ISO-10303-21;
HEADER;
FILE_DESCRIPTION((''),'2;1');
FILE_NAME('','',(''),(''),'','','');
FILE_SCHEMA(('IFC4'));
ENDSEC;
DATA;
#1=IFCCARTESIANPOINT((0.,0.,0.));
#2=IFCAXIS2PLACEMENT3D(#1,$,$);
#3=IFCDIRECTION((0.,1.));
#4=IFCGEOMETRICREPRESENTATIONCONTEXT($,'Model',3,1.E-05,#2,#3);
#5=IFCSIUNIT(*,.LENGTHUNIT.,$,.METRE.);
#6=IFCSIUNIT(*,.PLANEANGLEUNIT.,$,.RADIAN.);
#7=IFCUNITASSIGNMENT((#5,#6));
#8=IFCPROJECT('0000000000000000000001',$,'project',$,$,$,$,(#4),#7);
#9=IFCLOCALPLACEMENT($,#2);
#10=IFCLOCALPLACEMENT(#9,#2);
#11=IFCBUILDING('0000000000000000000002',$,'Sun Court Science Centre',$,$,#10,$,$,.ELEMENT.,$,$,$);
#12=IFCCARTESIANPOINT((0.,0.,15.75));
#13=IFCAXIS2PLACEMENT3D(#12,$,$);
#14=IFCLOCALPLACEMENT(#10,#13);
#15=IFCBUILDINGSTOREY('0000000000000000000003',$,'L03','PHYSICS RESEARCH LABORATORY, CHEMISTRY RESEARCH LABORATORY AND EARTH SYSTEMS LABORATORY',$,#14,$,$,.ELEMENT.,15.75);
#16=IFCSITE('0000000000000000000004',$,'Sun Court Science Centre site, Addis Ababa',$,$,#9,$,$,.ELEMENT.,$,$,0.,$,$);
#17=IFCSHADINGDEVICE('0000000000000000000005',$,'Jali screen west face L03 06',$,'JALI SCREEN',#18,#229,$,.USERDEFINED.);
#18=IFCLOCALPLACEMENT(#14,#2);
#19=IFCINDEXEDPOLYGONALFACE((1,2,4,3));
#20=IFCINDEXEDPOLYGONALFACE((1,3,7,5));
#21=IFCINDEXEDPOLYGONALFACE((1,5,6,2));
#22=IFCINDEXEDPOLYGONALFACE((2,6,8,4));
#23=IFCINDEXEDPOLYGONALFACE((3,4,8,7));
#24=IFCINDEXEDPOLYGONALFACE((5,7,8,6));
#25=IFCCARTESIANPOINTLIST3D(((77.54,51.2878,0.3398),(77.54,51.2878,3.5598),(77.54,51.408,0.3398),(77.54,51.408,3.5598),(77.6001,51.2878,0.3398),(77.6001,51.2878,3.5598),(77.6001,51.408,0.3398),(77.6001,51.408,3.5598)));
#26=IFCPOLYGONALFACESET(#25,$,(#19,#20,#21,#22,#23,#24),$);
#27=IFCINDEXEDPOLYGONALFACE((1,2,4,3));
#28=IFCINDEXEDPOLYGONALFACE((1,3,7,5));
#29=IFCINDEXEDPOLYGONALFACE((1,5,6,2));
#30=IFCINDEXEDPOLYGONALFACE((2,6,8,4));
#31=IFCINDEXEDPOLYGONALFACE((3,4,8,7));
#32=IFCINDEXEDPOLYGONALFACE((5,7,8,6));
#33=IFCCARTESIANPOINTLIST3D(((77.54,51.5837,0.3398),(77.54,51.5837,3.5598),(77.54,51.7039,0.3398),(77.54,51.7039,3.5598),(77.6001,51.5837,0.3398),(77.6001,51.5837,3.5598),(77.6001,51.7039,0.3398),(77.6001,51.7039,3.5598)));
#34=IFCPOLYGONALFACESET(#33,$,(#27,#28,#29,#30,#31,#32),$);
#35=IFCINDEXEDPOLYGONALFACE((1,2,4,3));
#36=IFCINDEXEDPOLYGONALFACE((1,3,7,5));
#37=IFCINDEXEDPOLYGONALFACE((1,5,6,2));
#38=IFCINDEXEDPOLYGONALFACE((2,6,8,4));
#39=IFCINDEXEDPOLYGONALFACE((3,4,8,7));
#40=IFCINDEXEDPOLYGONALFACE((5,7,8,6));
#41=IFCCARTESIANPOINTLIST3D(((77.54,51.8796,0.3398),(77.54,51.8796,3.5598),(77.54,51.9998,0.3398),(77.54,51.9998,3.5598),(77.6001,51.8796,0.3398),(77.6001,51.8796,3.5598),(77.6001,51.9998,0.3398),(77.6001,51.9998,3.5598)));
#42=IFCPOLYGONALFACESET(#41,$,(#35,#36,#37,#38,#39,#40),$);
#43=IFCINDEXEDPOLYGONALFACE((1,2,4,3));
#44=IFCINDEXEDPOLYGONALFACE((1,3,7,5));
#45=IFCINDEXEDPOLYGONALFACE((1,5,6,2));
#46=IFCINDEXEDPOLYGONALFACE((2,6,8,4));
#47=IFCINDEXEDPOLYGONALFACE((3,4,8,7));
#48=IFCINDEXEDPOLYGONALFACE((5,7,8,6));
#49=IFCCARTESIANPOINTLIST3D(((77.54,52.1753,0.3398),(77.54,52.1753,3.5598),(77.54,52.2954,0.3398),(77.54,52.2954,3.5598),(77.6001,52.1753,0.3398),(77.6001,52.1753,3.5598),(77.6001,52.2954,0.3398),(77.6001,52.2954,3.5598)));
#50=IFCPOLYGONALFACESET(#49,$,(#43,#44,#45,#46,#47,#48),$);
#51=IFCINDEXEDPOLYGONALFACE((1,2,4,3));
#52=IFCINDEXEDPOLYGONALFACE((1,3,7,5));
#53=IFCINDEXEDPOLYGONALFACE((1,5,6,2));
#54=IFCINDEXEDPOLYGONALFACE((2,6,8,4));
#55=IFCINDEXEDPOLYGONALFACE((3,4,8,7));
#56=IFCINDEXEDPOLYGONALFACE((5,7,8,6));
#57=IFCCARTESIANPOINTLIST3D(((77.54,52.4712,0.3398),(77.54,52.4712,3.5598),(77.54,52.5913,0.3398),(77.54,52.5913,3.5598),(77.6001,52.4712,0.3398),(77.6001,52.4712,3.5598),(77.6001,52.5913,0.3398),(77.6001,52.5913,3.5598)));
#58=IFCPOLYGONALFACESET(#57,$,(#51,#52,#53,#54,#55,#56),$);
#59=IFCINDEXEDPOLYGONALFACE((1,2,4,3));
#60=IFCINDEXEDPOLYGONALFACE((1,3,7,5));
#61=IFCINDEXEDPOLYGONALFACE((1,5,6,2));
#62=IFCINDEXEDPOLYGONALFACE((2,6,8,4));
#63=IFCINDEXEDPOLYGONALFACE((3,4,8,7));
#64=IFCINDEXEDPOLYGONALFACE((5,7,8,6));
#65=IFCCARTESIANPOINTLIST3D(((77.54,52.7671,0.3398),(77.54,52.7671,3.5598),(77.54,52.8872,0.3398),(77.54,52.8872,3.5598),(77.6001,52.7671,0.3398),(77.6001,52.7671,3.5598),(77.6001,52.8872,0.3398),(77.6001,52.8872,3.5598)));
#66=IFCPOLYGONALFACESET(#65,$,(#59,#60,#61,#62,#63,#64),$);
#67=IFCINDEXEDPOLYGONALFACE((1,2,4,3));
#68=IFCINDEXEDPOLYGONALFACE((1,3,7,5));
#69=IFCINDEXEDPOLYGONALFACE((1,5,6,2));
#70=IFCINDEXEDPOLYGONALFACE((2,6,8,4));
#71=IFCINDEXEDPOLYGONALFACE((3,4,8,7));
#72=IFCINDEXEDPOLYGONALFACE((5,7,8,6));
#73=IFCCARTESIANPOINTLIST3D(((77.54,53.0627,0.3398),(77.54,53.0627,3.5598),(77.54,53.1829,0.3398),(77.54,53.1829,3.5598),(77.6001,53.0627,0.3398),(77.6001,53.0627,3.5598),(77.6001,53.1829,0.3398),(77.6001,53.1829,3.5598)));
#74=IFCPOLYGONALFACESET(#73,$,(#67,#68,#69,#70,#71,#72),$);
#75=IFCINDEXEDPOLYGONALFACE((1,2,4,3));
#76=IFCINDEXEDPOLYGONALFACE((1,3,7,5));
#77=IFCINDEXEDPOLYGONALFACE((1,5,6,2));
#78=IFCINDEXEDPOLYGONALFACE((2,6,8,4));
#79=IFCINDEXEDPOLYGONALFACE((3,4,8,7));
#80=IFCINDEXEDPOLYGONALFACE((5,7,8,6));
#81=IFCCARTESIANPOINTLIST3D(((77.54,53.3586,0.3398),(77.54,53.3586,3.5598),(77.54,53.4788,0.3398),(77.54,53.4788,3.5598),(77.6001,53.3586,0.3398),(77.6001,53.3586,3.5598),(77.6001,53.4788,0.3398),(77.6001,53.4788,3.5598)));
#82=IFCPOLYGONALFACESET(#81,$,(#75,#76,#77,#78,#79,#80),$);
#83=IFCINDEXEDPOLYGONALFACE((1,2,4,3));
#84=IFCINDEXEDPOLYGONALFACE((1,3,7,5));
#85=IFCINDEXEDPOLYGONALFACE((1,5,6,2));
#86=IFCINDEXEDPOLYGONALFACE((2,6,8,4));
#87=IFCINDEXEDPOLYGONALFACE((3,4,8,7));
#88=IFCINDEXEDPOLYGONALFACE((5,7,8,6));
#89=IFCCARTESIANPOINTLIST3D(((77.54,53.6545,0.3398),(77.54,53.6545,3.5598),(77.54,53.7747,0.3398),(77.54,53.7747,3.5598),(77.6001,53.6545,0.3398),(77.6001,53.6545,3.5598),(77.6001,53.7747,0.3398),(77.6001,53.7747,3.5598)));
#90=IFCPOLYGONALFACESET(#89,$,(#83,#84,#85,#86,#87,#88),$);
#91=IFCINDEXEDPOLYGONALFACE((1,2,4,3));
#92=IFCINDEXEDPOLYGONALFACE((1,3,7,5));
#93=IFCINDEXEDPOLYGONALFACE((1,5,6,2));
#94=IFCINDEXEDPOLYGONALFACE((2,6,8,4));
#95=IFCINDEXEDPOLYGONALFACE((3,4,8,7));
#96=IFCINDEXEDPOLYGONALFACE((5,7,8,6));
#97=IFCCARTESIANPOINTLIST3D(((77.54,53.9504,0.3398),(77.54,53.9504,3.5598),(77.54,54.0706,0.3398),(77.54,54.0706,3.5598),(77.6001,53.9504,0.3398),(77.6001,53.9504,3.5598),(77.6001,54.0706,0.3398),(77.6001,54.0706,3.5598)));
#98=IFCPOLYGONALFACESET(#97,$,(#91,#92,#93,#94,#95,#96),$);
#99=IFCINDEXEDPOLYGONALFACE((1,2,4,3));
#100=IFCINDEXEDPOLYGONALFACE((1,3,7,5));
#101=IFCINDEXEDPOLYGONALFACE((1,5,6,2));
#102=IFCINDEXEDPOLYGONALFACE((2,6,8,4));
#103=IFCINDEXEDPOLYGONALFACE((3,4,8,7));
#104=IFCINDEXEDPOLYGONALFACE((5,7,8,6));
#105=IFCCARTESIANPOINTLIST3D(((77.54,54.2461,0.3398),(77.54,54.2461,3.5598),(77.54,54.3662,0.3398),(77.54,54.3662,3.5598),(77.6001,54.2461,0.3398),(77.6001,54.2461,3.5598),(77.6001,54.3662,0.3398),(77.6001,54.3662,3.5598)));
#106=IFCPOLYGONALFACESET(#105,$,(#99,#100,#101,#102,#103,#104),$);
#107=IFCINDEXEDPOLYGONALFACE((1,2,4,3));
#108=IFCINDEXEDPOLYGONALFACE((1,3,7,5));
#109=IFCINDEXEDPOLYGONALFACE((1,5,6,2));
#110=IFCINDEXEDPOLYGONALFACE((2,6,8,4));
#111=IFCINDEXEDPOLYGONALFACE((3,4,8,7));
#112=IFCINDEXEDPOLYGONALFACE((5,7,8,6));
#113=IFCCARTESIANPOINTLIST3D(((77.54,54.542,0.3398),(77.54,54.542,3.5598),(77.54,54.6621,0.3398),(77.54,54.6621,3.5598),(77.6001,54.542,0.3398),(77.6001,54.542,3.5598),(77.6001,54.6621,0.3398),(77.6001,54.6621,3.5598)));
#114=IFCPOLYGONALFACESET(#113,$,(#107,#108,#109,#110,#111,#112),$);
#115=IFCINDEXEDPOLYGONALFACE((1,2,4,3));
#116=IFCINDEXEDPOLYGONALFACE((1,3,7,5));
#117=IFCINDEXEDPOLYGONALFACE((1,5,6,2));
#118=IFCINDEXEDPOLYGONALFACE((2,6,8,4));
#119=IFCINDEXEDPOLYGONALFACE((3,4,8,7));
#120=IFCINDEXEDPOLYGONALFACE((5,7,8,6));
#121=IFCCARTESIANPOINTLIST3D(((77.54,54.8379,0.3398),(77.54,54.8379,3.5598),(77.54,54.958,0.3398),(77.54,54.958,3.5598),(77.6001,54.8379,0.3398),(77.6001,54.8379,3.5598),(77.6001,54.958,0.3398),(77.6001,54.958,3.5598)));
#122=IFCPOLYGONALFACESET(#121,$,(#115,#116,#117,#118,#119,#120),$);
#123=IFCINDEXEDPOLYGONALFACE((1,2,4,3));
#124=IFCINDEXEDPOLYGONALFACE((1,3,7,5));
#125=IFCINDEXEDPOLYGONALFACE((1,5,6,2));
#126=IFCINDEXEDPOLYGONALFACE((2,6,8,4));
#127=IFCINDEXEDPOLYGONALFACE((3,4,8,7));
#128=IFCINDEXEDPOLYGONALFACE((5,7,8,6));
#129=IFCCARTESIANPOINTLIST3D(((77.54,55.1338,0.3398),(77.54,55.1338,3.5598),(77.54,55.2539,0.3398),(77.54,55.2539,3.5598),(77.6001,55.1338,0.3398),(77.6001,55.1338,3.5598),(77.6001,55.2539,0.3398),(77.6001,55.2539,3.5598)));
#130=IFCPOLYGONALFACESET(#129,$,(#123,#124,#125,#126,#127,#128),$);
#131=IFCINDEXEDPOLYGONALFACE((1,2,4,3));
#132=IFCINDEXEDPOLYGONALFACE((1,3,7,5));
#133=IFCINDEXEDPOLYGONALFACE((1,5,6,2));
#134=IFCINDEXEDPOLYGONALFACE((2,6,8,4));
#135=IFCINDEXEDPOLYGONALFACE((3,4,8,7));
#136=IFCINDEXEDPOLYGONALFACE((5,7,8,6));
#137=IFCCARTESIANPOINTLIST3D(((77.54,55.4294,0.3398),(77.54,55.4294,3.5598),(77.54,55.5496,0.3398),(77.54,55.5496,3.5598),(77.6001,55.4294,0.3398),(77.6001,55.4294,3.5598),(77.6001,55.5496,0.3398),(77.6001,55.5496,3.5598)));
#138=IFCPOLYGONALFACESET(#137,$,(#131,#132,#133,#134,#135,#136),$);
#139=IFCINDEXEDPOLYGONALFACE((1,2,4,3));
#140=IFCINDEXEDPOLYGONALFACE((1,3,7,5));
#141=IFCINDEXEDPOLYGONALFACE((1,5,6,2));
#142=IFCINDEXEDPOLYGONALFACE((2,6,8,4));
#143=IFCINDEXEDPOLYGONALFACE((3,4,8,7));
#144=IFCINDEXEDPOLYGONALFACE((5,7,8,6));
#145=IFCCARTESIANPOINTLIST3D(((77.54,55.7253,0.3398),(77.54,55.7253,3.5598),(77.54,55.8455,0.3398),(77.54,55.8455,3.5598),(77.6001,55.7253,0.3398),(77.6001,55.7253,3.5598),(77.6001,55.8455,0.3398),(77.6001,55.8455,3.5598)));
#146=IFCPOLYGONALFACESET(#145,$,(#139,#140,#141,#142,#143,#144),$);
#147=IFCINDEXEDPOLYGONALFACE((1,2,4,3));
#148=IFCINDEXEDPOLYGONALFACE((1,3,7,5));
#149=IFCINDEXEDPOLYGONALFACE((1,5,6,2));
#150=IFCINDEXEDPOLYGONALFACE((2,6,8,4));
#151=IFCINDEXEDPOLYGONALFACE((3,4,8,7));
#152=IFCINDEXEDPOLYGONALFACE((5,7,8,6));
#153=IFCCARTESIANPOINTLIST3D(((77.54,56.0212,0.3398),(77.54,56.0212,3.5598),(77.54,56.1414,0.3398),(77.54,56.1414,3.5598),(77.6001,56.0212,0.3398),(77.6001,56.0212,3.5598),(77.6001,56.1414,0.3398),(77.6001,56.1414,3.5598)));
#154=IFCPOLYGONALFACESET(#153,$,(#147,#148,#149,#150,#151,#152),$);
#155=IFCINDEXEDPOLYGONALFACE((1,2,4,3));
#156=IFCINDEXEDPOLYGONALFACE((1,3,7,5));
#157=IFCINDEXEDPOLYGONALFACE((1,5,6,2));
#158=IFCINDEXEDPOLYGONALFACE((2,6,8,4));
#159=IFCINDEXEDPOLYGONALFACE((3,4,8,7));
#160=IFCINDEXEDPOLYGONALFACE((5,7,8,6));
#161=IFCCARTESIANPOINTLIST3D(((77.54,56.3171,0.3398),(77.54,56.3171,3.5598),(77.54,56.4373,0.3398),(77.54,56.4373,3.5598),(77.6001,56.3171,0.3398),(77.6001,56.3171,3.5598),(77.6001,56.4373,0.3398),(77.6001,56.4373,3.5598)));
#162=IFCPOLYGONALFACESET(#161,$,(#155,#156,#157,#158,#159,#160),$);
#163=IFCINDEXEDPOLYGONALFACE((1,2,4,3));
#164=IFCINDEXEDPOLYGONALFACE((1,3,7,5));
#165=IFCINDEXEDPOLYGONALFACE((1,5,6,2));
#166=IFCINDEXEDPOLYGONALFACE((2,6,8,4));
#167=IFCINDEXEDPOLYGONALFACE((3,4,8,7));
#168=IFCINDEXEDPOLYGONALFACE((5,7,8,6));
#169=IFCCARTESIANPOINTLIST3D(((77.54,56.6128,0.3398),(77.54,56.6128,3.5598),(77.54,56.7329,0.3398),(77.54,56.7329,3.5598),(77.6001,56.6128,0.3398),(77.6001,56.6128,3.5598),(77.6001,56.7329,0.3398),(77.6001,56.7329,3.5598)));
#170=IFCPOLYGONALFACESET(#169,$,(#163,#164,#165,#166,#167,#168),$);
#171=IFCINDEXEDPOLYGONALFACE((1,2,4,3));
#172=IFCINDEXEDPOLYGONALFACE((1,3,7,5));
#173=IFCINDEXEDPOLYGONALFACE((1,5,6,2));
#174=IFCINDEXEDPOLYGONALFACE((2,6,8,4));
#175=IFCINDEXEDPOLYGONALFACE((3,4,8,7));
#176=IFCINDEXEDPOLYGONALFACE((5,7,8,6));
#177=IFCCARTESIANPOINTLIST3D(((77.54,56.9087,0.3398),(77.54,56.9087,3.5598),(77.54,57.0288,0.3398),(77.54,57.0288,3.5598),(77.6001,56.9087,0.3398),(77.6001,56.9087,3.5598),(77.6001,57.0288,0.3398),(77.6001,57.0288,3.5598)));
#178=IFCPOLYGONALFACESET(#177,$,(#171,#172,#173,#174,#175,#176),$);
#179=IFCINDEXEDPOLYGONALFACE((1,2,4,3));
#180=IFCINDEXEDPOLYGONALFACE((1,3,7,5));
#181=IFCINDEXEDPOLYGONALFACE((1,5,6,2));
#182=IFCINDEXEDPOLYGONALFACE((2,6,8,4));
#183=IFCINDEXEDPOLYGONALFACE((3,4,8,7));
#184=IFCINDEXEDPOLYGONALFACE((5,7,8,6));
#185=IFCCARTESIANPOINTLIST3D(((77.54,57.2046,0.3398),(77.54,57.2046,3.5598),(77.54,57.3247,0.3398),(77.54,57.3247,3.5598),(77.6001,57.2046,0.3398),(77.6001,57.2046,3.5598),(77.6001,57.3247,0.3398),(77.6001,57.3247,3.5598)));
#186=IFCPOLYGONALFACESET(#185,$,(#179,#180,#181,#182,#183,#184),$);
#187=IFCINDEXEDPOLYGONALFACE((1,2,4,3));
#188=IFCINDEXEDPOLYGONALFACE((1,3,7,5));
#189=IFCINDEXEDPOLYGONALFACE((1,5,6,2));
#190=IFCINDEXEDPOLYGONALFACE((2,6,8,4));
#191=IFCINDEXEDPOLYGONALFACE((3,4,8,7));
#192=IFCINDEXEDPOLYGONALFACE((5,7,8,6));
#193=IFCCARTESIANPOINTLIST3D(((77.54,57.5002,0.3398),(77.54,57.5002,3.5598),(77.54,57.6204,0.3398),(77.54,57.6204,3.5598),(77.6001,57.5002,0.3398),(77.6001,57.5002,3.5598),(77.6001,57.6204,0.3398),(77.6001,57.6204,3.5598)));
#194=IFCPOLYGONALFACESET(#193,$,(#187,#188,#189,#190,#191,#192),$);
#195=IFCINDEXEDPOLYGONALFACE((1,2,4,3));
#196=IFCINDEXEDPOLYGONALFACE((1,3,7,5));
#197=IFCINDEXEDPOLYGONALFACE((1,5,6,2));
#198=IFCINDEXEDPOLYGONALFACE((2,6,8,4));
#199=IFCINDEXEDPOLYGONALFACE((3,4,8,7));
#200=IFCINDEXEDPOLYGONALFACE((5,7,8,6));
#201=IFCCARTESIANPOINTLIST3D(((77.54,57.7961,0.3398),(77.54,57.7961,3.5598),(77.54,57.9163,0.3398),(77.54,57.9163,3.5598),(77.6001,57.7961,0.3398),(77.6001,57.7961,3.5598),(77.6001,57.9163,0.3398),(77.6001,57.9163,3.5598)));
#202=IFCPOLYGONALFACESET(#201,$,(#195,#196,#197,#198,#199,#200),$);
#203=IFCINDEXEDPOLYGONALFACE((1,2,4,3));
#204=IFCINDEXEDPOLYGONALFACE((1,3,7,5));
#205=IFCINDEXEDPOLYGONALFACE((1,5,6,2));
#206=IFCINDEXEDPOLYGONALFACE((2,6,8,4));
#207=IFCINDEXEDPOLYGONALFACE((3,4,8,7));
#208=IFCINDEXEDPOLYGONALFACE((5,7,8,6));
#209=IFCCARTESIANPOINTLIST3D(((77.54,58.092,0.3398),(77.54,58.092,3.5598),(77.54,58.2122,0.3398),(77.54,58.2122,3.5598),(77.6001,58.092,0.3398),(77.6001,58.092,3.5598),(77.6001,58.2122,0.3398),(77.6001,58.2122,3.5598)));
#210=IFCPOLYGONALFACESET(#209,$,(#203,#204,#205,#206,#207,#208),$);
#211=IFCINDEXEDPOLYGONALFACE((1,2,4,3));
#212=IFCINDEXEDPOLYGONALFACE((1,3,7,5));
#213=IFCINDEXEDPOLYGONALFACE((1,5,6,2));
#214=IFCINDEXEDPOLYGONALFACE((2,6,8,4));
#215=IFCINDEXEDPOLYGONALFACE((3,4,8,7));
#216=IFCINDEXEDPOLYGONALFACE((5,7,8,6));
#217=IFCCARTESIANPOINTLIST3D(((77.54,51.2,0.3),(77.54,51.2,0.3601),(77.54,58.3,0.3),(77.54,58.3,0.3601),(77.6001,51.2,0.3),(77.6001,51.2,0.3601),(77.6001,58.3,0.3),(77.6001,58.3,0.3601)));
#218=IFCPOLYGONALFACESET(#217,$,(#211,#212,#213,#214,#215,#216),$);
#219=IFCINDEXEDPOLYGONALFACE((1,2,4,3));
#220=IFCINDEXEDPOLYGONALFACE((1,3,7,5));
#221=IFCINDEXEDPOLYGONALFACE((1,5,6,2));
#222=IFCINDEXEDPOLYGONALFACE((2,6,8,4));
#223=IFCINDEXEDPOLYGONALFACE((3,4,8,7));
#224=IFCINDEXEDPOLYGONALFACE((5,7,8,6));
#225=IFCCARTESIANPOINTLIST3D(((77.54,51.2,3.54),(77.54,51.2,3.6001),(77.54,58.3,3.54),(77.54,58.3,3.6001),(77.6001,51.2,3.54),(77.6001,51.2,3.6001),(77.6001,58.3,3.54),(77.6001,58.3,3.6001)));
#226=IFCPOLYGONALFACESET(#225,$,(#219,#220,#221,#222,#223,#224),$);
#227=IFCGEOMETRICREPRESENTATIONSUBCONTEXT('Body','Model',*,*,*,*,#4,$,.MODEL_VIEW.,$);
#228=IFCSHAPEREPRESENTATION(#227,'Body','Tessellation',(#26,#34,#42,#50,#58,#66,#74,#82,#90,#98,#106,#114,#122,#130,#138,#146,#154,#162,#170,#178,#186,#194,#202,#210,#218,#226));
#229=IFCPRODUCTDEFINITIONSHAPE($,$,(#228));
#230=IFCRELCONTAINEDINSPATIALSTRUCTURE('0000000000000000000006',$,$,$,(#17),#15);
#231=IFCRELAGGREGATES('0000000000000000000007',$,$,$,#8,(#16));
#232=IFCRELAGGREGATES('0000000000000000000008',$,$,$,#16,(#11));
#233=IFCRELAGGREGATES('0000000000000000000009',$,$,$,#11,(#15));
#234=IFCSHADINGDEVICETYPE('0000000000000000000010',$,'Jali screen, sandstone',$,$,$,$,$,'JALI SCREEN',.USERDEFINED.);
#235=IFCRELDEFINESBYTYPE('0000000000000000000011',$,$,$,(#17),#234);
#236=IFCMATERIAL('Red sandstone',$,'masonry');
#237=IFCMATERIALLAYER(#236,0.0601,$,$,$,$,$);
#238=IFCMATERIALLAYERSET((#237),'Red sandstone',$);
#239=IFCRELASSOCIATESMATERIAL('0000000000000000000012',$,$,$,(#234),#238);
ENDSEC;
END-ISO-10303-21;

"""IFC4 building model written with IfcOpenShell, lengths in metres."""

from ifc_helpers import new_model, si_unit, direction, frame, origin, origin_2d, place, context, subcontext, project, spatial, rectangle, extrude, material, layer, layer_set, type_object, element, save


model = new_model("IFC4")

# Units and contexts
model_context = context("Model", 3, precision=1e-05, world=origin(), true_north=direction((0.0, 1.0)))
body_context = subcontext(model_context, "Body", "Model", "MODEL_VIEW")
ifc_project = project(units=[si_unit("LENGTHUNIT", "METRE"), si_unit("PLANEANGLEUNIT", "RADIAN")], contexts=[model_context])

# Site, building, storey
site_placement = place(None, origin())
site = spatial("IfcSite", under=ifc_project, at=site_placement, Name="Sun Court Science Centre site, Addis Ababa", CompositionType="ELEMENT", RefElevation=0.0)
building_placement = place(site_placement, origin())
building = spatial("IfcBuilding", under=site, at=building_placement, Name="Sun Court Science Centre", CompositionType="ELEMENT")
storey_placement = place(building_placement, frame((0.0, 0.0, 15.75)))
storey = spatial("IfcBuildingStorey", under=building, at=storey_placement, Name="L03", Description="PHYSICS RESEARCH LABORATORY, CHEMISTRY RESEARCH LABORATORY AND EARTH SYSTEMS LABORATORY", CompositionType="ELEMENT", Elevation=15.75)

# Shading device
ifc_material_1 = material(Name="Red sandstone", Category="masonry")
ifc_layer_1 = layer(ifc_material_1, 0.0601)
ifc_layer_set_1 = layer_set([ifc_layer_1], Name="Red sandstone")
shading_device_type = type_object("IfcShadingDeviceType", Name="Jali screen, sandstone", ElementType="JALI SCREEN", PredefinedType="USERDEFINED", material=ifc_layer_set_1)
shading_device_1_placement = place(storey_placement, frame((0.0, 0.0, -15.75)))
element("IfcShadingDevice", 1, at=shading_device_1_placement, inside=storey, type_object=shading_device_type, Name="Jali screen west face L03 06", ObjectType="JALI SCREEN", PredefinedType="USERDEFINED", context=body_context, shape_type="SweptSolid", body=[
    extrude(rectangle(XDim=0.1201, YDim=0.0601, at=origin_2d()), frame((77.5701, 51.3479, 16.0898), z_axis=(0.0, 0.0, 1.0), x_axis=(0.0, 1.0, 0.0)), (0.0, 0.0, 1.0), 3.22),
    extrude(rectangle(XDim=0.1201, YDim=0.0601, at=origin_2d()), frame((77.5701, 51.6438, 16.0898), z_axis=(0.0, 0.0, 1.0), x_axis=(0.0, 1.0, 0.0)), (0.0, 0.0, 1.0), 3.22),
    extrude(rectangle(XDim=0.1201, YDim=0.0601, at=origin_2d()), frame((77.5701, 51.9397, 16.0898), z_axis=(0.0, 0.0, 1.0), x_axis=(0.0, 1.0, 0.0)), (0.0, 0.0, 1.0), 3.22),
    extrude(rectangle(XDim=0.1201, YDim=0.0601, at=origin_2d()), frame((77.5701, 52.2354, 16.0898), z_axis=(0.0, 0.0, 1.0), x_axis=(0.0, 1.0, 0.0)), (0.0, 0.0, 1.0), 3.22),
    extrude(rectangle(XDim=0.1201, YDim=0.0601, at=origin_2d()), frame((77.5701, 52.5312, 16.0898), z_axis=(0.0, 0.0, 1.0), x_axis=(0.0, 1.0, 0.0)), (0.0, 0.0, 1.0), 3.22),
    extrude(rectangle(XDim=0.1201, YDim=0.0601, at=origin_2d()), frame((77.5701, 52.8271, 16.0898), z_axis=(0.0, 0.0, 1.0), x_axis=(0.0, 1.0, 0.0)), (0.0, 0.0, 1.0), 3.22),
    extrude(rectangle(XDim=0.1201, YDim=0.0601, at=origin_2d()), frame((77.5701, 53.1228, 16.0898), z_axis=(0.0, 0.0, 1.0), x_axis=(0.0, 1.0, 0.0)), (0.0, 0.0, 1.0), 3.22),
    extrude(rectangle(XDim=0.1201, YDim=0.0601, at=origin_2d()), frame((77.5701, 53.4187, 16.0898), z_axis=(0.0, 0.0, 1.0), x_axis=(0.0, 1.0, 0.0)), (0.0, 0.0, 1.0), 3.22),
    extrude(rectangle(XDim=0.1201, YDim=0.0601, at=origin_2d()), frame((77.5701, 53.7146, 16.0898), z_axis=(0.0, 0.0, 1.0), x_axis=(0.0, 1.0, 0.0)), (0.0, 0.0, 1.0), 3.22),
    extrude(rectangle(XDim=0.1201, YDim=0.0601, at=origin_2d()), frame((77.5701, 54.0105, 16.0898), z_axis=(0.0, 0.0, 1.0), x_axis=(0.0, 1.0, 0.0)), (0.0, 0.0, 1.0), 3.22),
    extrude(rectangle(XDim=0.1201, YDim=0.0601, at=origin_2d()), frame((77.5701, 54.3062, 16.0898), z_axis=(0.0, 0.0, 1.0), x_axis=(0.0, 1.0, 0.0)), (0.0, 0.0, 1.0), 3.22),
    extrude(rectangle(XDim=0.1201, YDim=0.0601, at=origin_2d()), frame((77.5701, 54.6021, 16.0898), z_axis=(0.0, 0.0, 1.0), x_axis=(0.0, 1.0, 0.0)), (0.0, 0.0, 1.0), 3.22),
    extrude(rectangle(XDim=0.1201, YDim=0.0601, at=origin_2d()), frame((77.5701, 54.8979, 16.0898), z_axis=(0.0, 0.0, 1.0), x_axis=(0.0, 1.0, 0.0)), (0.0, 0.0, 1.0), 3.22),
    extrude(rectangle(XDim=0.1201, YDim=0.0601, at=origin_2d()), frame((77.5701, 55.1938, 16.0898), z_axis=(0.0, 0.0, 1.0), x_axis=(0.0, 1.0, 0.0)), (0.0, 0.0, 1.0), 3.22),
    extrude(rectangle(XDim=0.1201, YDim=0.0601, at=origin_2d()), frame((77.5701, 55.4895, 16.0898), z_axis=(0.0, 0.0, 1.0), x_axis=(0.0, 1.0, 0.0)), (0.0, 0.0, 1.0), 3.22),
    extrude(rectangle(XDim=0.1201, YDim=0.0601, at=origin_2d()), frame((77.5701, 55.7854, 16.0898), z_axis=(0.0, 0.0, 1.0), x_axis=(0.0, 1.0, 0.0)), (0.0, 0.0, 1.0), 3.22),
    extrude(rectangle(XDim=0.1201, YDim=0.0601, at=origin_2d()), frame((77.5701, 56.0813, 16.0898), z_axis=(0.0, 0.0, 1.0), x_axis=(0.0, 1.0, 0.0)), (0.0, 0.0, 1.0), 3.22),
    extrude(rectangle(XDim=0.1201, YDim=0.0601, at=origin_2d()), frame((77.5701, 56.3772, 16.0898), z_axis=(0.0, 0.0, 1.0), x_axis=(0.0, 1.0, 0.0)), (0.0, 0.0, 1.0), 3.22),
    extrude(rectangle(XDim=0.1201, YDim=0.0601, at=origin_2d()), frame((77.5701, 56.6729, 16.0898), z_axis=(0.0, 0.0, 1.0), x_axis=(0.0, 1.0, 0.0)), (0.0, 0.0, 1.0), 3.22),
    extrude(rectangle(XDim=0.1201, YDim=0.0601, at=origin_2d()), frame((77.5701, 56.9688, 16.0898), z_axis=(0.0, 0.0, 1.0), x_axis=(0.0, 1.0, 0.0)), (0.0, 0.0, 1.0), 3.22),
    extrude(rectangle(XDim=0.1201, YDim=0.0601, at=origin_2d()), frame((77.5701, 57.2646, 16.0898), z_axis=(0.0, 0.0, 1.0), x_axis=(0.0, 1.0, 0.0)), (0.0, 0.0, 1.0), 3.22),
    extrude(rectangle(XDim=0.1201, YDim=0.0601, at=origin_2d()), frame((77.5701, 57.5603, 16.0898), z_axis=(0.0, 0.0, 1.0), x_axis=(0.0, 1.0, 0.0)), (0.0, 0.0, 1.0), 3.22),
    extrude(rectangle(XDim=0.1201, YDim=0.0601, at=origin_2d()), frame((77.5701, 57.8562, 16.0898), z_axis=(0.0, 0.0, 1.0), x_axis=(0.0, 1.0, 0.0)), (0.0, 0.0, 1.0), 3.22),
    extrude(rectangle(XDim=0.1201, YDim=0.0601, at=origin_2d()), frame((77.5701, 58.1521, 16.0898), z_axis=(0.0, 0.0, 1.0), x_axis=(0.0, 1.0, 0.0)), (0.0, 0.0, 1.0), 3.22),
    extrude(rectangle(XDim=7.1001, YDim=0.0601, at=origin_2d()), frame((77.5701, 54.75, 16.05), z_axis=(0.0, 0.0, 1.0), x_axis=(0.0, 1.0, 0.0)), (0.0, 0.0, 1.0), 0.0601),
    extrude(rectangle(XDim=7.1001, YDim=0.0601, at=origin_2d()), frame((77.5701, 54.75, 19.29), z_axis=(0.0, 0.0, 1.0), x_axis=(0.0, 1.0, 0.0)), (0.0, 0.0, 1.0), 0.0601),
])

save(model, "model.ifc")
